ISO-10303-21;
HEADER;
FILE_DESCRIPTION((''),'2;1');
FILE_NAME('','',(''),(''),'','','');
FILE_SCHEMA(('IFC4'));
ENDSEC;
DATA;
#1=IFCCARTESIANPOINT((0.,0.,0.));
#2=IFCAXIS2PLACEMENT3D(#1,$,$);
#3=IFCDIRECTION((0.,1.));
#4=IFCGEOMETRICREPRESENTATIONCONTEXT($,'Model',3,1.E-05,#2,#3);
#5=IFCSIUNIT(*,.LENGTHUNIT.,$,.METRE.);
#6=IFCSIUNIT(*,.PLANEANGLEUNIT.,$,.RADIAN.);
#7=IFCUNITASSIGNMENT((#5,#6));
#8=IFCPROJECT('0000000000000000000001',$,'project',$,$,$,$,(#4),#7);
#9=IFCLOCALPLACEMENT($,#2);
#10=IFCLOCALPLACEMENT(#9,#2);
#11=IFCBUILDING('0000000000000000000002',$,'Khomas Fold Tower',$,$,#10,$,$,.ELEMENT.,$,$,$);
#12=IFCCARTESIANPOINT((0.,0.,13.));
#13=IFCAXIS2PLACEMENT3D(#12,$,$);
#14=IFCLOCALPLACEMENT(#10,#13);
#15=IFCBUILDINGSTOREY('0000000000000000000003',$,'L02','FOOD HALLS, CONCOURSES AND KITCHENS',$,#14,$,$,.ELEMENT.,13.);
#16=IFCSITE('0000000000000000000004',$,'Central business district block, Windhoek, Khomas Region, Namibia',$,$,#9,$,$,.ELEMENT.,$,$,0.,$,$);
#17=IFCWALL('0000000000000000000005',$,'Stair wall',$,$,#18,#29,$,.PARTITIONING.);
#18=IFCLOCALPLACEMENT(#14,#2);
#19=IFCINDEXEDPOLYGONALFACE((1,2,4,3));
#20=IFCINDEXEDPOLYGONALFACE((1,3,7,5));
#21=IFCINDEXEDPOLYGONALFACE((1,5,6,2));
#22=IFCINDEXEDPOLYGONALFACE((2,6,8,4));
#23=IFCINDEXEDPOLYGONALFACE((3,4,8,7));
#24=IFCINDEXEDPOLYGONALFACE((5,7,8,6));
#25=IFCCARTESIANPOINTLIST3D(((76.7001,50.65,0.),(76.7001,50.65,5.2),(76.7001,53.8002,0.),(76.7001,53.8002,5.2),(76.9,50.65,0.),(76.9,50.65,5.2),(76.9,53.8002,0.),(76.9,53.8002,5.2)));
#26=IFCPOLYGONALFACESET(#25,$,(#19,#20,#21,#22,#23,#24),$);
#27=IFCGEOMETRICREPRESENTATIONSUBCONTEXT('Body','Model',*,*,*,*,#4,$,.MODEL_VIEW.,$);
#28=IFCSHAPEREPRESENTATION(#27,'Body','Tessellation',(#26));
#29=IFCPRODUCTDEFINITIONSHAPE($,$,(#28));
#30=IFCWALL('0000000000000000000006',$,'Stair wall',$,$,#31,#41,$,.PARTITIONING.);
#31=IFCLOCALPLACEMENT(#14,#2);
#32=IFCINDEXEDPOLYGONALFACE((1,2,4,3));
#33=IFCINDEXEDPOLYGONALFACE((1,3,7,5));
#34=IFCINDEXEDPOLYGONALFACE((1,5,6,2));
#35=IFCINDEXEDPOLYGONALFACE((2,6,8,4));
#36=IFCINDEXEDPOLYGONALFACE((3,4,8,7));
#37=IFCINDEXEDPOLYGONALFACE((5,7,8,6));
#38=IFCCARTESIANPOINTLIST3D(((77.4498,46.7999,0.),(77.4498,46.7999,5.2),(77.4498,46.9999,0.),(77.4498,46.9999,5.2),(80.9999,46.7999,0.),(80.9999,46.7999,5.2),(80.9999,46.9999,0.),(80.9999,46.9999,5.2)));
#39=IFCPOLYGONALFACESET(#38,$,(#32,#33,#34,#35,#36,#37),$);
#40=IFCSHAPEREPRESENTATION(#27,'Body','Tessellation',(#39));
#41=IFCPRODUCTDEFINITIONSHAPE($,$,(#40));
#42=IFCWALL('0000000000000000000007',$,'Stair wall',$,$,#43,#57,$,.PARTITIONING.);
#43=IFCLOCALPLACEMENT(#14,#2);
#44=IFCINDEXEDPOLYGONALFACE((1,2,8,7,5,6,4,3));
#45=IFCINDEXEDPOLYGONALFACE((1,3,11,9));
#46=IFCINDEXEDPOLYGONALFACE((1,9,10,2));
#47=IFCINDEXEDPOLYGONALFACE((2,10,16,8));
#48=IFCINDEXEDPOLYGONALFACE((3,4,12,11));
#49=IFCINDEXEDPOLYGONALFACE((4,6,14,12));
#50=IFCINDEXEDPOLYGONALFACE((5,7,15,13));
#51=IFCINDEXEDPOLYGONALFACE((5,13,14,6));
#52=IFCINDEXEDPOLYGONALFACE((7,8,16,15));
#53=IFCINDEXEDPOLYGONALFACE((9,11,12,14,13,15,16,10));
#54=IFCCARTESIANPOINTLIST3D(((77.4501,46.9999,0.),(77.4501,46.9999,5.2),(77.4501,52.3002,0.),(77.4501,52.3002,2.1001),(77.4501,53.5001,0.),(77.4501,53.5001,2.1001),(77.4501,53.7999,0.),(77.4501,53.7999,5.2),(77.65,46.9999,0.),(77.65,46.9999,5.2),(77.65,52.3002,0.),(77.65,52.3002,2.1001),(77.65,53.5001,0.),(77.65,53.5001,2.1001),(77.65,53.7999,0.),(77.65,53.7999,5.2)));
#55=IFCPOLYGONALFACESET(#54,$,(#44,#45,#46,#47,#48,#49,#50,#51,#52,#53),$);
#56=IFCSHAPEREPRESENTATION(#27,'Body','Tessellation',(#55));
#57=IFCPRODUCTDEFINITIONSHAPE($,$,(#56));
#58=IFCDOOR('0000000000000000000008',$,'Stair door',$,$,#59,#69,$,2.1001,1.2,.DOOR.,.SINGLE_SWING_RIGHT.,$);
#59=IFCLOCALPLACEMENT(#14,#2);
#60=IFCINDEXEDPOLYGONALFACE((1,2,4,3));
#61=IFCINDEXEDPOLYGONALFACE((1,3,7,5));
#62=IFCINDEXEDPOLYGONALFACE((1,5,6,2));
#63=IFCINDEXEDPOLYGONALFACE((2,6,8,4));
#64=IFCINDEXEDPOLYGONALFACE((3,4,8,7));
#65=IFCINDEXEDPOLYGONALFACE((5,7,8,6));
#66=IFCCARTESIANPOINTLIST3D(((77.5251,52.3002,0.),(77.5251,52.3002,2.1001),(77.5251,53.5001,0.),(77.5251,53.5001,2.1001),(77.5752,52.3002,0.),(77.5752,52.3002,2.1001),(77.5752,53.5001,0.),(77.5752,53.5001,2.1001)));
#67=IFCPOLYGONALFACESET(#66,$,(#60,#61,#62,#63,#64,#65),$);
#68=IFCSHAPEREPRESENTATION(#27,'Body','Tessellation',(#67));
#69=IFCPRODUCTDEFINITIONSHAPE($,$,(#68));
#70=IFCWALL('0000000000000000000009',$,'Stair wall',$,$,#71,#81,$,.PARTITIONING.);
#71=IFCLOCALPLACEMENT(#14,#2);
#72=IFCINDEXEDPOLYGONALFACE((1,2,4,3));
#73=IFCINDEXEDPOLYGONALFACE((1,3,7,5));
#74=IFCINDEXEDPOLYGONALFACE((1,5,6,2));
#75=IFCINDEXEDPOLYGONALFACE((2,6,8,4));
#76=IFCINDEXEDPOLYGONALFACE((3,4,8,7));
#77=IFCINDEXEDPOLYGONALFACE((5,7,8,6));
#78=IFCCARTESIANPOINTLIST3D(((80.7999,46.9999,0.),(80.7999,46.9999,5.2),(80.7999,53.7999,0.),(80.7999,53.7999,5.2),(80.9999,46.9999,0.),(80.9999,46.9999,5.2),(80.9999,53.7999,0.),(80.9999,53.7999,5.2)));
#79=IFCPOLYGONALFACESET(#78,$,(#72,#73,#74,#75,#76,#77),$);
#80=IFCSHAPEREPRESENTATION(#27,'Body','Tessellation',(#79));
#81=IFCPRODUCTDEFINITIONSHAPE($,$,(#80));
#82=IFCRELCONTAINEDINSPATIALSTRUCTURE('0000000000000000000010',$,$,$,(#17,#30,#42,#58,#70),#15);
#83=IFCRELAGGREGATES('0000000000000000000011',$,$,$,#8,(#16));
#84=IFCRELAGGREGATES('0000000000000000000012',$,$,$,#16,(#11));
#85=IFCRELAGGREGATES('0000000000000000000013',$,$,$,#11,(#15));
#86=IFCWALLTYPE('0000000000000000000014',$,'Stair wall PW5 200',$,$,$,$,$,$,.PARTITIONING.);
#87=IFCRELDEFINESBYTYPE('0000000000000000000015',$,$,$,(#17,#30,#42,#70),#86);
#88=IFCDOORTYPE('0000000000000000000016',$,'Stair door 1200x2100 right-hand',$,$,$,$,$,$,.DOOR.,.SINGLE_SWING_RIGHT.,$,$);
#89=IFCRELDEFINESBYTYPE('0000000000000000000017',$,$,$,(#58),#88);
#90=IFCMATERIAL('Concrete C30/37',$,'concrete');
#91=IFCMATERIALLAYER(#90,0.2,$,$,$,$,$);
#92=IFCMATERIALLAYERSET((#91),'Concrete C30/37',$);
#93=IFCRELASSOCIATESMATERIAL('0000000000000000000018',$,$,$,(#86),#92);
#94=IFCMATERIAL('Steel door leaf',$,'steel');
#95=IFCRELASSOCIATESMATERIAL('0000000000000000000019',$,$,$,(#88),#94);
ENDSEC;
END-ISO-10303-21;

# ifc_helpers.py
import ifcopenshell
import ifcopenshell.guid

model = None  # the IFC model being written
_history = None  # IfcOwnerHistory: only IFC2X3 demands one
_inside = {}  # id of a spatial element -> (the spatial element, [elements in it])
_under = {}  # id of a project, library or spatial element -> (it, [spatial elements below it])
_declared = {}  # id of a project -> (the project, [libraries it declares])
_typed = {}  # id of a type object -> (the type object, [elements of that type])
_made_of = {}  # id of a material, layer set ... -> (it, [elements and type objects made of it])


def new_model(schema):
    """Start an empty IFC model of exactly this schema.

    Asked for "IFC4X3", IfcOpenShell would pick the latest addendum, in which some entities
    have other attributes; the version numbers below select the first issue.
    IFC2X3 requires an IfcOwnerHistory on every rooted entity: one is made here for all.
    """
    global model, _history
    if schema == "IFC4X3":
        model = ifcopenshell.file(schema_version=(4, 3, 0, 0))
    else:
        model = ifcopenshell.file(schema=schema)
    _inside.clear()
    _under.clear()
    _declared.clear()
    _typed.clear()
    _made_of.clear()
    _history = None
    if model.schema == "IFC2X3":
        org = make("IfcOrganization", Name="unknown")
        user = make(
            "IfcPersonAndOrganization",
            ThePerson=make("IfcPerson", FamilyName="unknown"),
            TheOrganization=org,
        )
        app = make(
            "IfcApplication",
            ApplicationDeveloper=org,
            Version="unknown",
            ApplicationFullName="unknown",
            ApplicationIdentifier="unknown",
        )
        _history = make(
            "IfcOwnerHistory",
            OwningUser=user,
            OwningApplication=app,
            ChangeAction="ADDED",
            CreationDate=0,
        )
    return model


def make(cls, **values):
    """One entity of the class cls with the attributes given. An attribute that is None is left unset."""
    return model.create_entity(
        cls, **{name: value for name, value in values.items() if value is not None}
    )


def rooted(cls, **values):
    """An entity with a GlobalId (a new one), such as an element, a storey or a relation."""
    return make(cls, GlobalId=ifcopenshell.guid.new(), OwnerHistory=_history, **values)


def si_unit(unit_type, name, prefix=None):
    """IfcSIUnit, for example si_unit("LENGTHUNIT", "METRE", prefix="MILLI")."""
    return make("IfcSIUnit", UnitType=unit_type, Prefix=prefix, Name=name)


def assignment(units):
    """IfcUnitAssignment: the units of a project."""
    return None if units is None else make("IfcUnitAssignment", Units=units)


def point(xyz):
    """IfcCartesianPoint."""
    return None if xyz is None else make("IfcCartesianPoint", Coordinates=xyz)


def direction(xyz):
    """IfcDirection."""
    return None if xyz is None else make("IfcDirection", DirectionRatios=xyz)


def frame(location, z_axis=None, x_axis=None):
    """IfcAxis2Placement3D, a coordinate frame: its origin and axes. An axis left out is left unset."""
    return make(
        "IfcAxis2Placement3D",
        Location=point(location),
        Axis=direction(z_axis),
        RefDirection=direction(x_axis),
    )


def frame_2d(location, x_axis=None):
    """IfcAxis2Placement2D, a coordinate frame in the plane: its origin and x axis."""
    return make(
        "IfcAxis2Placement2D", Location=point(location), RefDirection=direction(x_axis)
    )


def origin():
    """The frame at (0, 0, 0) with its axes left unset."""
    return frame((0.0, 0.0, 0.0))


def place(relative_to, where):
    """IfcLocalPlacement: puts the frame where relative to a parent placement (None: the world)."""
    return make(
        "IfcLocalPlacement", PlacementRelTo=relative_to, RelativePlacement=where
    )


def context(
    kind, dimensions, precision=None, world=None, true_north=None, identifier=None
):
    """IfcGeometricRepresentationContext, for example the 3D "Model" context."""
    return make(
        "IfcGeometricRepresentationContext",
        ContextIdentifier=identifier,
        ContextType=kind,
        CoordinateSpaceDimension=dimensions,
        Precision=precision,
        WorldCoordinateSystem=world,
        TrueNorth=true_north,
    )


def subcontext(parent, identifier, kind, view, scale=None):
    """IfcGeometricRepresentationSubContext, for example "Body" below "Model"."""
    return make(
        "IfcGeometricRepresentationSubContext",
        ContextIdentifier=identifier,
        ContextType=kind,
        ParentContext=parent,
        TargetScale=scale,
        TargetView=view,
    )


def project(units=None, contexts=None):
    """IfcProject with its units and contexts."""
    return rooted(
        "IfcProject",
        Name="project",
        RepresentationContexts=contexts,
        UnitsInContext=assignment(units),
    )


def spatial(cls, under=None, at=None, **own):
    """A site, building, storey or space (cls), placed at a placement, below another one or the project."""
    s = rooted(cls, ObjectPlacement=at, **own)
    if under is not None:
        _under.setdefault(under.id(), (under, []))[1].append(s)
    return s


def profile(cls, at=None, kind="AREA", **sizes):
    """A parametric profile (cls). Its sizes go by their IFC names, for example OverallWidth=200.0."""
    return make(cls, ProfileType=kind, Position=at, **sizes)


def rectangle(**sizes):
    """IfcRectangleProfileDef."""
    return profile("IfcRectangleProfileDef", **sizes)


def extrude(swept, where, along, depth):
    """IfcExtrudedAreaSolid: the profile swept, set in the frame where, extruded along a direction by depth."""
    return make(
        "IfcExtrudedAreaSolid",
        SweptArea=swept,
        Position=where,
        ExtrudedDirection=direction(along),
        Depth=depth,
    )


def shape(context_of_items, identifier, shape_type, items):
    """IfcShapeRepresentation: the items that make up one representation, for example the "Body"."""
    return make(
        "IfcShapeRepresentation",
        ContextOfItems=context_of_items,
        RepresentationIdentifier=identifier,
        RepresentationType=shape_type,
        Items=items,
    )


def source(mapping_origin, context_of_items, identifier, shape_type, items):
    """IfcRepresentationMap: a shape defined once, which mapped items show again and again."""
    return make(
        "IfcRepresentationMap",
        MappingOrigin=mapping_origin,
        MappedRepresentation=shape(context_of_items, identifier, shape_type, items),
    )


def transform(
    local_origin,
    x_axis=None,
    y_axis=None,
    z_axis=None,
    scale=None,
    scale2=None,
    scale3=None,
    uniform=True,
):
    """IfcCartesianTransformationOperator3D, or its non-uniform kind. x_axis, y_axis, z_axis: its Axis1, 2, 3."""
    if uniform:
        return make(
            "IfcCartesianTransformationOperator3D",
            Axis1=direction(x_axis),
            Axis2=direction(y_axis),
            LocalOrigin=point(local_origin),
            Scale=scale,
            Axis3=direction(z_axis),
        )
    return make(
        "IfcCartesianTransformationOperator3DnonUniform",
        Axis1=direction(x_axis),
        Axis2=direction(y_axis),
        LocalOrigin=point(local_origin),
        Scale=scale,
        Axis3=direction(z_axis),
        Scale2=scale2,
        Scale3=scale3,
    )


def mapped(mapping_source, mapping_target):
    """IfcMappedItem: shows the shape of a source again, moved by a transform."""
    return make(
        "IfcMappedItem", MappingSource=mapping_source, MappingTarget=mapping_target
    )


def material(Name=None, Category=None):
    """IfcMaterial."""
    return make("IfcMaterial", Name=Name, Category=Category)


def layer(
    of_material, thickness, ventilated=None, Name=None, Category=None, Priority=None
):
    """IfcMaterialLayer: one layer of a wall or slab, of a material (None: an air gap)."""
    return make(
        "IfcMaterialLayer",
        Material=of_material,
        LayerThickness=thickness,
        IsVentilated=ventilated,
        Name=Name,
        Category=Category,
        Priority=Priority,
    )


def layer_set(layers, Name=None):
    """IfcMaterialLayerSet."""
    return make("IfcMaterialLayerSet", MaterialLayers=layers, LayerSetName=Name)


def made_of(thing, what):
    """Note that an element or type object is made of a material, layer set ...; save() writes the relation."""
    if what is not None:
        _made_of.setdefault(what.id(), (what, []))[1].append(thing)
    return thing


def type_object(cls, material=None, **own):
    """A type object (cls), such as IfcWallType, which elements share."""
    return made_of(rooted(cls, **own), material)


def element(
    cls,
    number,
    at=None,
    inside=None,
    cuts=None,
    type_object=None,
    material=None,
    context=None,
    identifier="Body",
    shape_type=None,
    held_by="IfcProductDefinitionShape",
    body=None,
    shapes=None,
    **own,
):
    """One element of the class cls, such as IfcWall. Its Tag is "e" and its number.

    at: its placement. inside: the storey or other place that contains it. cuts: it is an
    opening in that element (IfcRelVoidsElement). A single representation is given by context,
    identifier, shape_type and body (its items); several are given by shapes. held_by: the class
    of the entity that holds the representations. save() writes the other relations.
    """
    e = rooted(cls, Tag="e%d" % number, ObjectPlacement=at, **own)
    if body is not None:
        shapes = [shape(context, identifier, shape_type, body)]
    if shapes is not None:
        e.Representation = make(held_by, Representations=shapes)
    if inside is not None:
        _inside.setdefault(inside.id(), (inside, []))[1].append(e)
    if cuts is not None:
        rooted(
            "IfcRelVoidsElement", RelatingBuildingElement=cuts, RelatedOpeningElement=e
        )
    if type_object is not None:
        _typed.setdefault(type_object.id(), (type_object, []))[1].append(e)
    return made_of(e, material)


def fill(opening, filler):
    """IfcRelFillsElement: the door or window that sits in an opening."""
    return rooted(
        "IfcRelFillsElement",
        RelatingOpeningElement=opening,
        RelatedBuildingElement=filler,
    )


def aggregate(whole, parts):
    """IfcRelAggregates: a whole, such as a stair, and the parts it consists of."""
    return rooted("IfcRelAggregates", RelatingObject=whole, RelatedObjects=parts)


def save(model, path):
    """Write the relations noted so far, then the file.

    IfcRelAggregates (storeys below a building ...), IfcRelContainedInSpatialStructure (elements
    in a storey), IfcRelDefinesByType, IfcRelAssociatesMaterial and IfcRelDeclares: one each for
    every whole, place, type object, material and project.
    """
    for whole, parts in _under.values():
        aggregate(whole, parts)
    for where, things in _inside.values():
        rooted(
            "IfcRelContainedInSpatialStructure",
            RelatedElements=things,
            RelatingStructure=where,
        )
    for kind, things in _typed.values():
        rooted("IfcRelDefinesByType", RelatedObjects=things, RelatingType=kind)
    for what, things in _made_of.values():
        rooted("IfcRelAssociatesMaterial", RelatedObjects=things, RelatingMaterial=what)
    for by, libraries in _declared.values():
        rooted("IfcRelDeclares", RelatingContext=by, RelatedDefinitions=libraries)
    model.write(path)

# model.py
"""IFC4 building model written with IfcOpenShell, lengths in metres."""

from ifc_helpers import new_model, si_unit, direction, frame, frame_2d, origin, place, context, subcontext, project, spatial, rectangle, extrude, source, transform, mapped, material, layer, layer_set, type_object, element, fill, save


model = new_model("IFC4")

# Units and contexts
model_context = context("Model", 3, precision=1e-05, world=origin(), true_north=direction((0.0, 1.0)))
body_context = subcontext(model_context, "Body", "Model", "MODEL_VIEW")
ifc_project = project(units=[si_unit("LENGTHUNIT", "METRE"), si_unit("PLANEANGLEUNIT", "RADIAN")], contexts=[model_context])

# Site, building, storey
site_placement = place(None, origin())
site = spatial("IfcSite", under=ifc_project, at=site_placement, Name="Central business district block, Windhoek, Khomas Region, Namibia", CompositionType="ELEMENT", RefElevation=0.0)
building_placement = place(site_placement, origin())
building = spatial("IfcBuilding", under=site, at=building_placement, Name="Khomas Fold Tower", CompositionType="ELEMENT")
storey_placement = place(building_placement, frame((0.0, 0.0, 13.0)))
storey = spatial("IfcBuildingStorey", under=building, at=storey_placement, Name="L02", Description="FOOD HALLS, CONCOURSES AND KITCHENS", CompositionType="ELEMENT", Elevation=13.0)

# Walls
ifc_material_1 = material(Name="Concrete C30/37", Category="concrete")
ifc_layer_1 = layer(ifc_material_1, 0.2)
ifc_layer_set_1 = layer_set([ifc_layer_1], Name="Concrete C30/37")
wall_type = type_object("IfcWallType", Name="Stair wall PW5 200", PredefinedType="PARTITIONING", material=ifc_layer_set_1)
shared_shape_1 = source(origin(), body_context, "Body", "SweptSolid", [
    extrude(rectangle(XDim=3.1501, YDim=0.2, at=frame_2d((1.5752, 0.0))), origin(), (0.0, 0.0, 1.0), 5.2),
])
wall_1_placement = place(storey_placement, frame((76.8, 50.6499, 0.0), z_axis=(0.0, 0.0, 1.0), x_axis=(0.0, 1.0, 0.0)))
element("IfcWall", 1, at=wall_1_placement, inside=storey, type_object=wall_type, Name="Stair wall", PredefinedType="PARTITIONING", context=body_context, shape_type="MappedRepresentation", body=[
    mapped(shared_shape_1, transform((0.0, 0.0, 0.0))),
])
shared_shape_2 = source(origin(), body_context, "Body", "SweptSolid", [
    extrude(rectangle(XDim=3.55, YDim=0.2, at=frame_2d((1.7749, 0.0))), origin(), (0.0, 0.0, 1.0), 5.2),
])
wall_2_placement = place(storey_placement, frame((77.45, 46.8999, 0.0), z_axis=(0.0, 0.0, 1.0), x_axis=(1.0, 0.0, 0.0)))
element("IfcWall", 2, at=wall_2_placement, inside=storey, type_object=wall_type, Name="Stair wall", PredefinedType="PARTITIONING", context=body_context, shape_type="MappedRepresentation", body=[
    mapped(shared_shape_2, transform((0.0, 0.0, 0.0))),
])

# Wall, opening, door
shared_shape_3 = source(origin(), body_context, "Body", "SweptSolid", [
    extrude(rectangle(XDim=6.8, YDim=0.2, at=frame_2d((3.3999, 0.0))), origin(), (0.0, 0.0, 1.0), 5.2),
])
wall_3_placement = place(storey_placement, frame((77.55, 47.0, 0.0), z_axis=(0.0, 0.0, 1.0), x_axis=(0.0, 1.0, 0.0)))
wall_3 = element("IfcWall", 3, at=wall_3_placement, inside=storey, type_object=wall_type, Name="Stair wall", PredefinedType="PARTITIONING", context=body_context, shape_type="MappedRepresentation", body=[
    mapped(shared_shape_3, transform((0.0, 0.0, 0.0))),
])
shared_shape_4 = source(origin(), body_context, "Body", "SweptSolid", [
    extrude(rectangle(XDim=1.2, YDim=2.1001, at=frame_2d((0.6001, 1.05))), frame((0.0, 0.1099, 0.0), z_axis=(0.0, -1.0, 0.0), x_axis=(1.0, 0.0, 0.0)), (0.0, 0.0, 1.0), 0.22),
])
opening_placement = place(wall_3_placement, frame((5.3, 0.0, 0.0)))
opening = element("IfcOpeningElement", 4, at=opening_placement, cuts=wall_3, PredefinedType="OPENING", context=body_context, shape_type="MappedRepresentation", body=[
    mapped(shared_shape_4, transform((0.0, 0.0, 0.0))),
])
ifc_material_2 = material(Name="Steel door leaf", Category="steel")
door_type = type_object("IfcDoorType", Name="Stair door 1200x2100 right-hand", OperationType="SINGLE_SWING_RIGHT", PredefinedType="DOOR", material=ifc_material_2)
shared_shape_5 = source(origin(), body_context, "Body", "SweptSolid", [
    extrude(rectangle(XDim=1.2, YDim=2.1001, at=frame_2d((0.6001, 1.05))), frame((0.0, 0.0249, 0.0), z_axis=(0.0, -1.0, 0.0), x_axis=(1.0, 0.0, 0.0)), (0.0, 0.0, 1.0), 0.05),
])
door_placement = place(opening_placement, origin())
door = element("IfcDoor", 5, at=door_placement, inside=storey, type_object=door_type, Name="Stair door", OperationType="SINGLE_SWING_RIGHT", OverallHeight=2.1001, OverallWidth=1.2, PredefinedType="DOOR", context=body_context, shape_type="MappedRepresentation", body=[
    mapped(shared_shape_5, transform((0.0, 0.0, 0.0))),
])
fill(opening, door)

# Wall
wall_4_placement = place(storey_placement, frame((80.8999, 47.0, 0.0), z_axis=(0.0, 0.0, 1.0), x_axis=(0.0, 1.0, 0.0)))
element("IfcWall", 6, at=wall_4_placement, inside=storey, type_object=wall_type, Name="Stair wall", PredefinedType="PARTITIONING", context=body_context, shape_type="MappedRepresentation", body=[
    mapped(shared_shape_3, transform((0.0, 0.0, 0.0))),
])

save(model, "model.ifc")
